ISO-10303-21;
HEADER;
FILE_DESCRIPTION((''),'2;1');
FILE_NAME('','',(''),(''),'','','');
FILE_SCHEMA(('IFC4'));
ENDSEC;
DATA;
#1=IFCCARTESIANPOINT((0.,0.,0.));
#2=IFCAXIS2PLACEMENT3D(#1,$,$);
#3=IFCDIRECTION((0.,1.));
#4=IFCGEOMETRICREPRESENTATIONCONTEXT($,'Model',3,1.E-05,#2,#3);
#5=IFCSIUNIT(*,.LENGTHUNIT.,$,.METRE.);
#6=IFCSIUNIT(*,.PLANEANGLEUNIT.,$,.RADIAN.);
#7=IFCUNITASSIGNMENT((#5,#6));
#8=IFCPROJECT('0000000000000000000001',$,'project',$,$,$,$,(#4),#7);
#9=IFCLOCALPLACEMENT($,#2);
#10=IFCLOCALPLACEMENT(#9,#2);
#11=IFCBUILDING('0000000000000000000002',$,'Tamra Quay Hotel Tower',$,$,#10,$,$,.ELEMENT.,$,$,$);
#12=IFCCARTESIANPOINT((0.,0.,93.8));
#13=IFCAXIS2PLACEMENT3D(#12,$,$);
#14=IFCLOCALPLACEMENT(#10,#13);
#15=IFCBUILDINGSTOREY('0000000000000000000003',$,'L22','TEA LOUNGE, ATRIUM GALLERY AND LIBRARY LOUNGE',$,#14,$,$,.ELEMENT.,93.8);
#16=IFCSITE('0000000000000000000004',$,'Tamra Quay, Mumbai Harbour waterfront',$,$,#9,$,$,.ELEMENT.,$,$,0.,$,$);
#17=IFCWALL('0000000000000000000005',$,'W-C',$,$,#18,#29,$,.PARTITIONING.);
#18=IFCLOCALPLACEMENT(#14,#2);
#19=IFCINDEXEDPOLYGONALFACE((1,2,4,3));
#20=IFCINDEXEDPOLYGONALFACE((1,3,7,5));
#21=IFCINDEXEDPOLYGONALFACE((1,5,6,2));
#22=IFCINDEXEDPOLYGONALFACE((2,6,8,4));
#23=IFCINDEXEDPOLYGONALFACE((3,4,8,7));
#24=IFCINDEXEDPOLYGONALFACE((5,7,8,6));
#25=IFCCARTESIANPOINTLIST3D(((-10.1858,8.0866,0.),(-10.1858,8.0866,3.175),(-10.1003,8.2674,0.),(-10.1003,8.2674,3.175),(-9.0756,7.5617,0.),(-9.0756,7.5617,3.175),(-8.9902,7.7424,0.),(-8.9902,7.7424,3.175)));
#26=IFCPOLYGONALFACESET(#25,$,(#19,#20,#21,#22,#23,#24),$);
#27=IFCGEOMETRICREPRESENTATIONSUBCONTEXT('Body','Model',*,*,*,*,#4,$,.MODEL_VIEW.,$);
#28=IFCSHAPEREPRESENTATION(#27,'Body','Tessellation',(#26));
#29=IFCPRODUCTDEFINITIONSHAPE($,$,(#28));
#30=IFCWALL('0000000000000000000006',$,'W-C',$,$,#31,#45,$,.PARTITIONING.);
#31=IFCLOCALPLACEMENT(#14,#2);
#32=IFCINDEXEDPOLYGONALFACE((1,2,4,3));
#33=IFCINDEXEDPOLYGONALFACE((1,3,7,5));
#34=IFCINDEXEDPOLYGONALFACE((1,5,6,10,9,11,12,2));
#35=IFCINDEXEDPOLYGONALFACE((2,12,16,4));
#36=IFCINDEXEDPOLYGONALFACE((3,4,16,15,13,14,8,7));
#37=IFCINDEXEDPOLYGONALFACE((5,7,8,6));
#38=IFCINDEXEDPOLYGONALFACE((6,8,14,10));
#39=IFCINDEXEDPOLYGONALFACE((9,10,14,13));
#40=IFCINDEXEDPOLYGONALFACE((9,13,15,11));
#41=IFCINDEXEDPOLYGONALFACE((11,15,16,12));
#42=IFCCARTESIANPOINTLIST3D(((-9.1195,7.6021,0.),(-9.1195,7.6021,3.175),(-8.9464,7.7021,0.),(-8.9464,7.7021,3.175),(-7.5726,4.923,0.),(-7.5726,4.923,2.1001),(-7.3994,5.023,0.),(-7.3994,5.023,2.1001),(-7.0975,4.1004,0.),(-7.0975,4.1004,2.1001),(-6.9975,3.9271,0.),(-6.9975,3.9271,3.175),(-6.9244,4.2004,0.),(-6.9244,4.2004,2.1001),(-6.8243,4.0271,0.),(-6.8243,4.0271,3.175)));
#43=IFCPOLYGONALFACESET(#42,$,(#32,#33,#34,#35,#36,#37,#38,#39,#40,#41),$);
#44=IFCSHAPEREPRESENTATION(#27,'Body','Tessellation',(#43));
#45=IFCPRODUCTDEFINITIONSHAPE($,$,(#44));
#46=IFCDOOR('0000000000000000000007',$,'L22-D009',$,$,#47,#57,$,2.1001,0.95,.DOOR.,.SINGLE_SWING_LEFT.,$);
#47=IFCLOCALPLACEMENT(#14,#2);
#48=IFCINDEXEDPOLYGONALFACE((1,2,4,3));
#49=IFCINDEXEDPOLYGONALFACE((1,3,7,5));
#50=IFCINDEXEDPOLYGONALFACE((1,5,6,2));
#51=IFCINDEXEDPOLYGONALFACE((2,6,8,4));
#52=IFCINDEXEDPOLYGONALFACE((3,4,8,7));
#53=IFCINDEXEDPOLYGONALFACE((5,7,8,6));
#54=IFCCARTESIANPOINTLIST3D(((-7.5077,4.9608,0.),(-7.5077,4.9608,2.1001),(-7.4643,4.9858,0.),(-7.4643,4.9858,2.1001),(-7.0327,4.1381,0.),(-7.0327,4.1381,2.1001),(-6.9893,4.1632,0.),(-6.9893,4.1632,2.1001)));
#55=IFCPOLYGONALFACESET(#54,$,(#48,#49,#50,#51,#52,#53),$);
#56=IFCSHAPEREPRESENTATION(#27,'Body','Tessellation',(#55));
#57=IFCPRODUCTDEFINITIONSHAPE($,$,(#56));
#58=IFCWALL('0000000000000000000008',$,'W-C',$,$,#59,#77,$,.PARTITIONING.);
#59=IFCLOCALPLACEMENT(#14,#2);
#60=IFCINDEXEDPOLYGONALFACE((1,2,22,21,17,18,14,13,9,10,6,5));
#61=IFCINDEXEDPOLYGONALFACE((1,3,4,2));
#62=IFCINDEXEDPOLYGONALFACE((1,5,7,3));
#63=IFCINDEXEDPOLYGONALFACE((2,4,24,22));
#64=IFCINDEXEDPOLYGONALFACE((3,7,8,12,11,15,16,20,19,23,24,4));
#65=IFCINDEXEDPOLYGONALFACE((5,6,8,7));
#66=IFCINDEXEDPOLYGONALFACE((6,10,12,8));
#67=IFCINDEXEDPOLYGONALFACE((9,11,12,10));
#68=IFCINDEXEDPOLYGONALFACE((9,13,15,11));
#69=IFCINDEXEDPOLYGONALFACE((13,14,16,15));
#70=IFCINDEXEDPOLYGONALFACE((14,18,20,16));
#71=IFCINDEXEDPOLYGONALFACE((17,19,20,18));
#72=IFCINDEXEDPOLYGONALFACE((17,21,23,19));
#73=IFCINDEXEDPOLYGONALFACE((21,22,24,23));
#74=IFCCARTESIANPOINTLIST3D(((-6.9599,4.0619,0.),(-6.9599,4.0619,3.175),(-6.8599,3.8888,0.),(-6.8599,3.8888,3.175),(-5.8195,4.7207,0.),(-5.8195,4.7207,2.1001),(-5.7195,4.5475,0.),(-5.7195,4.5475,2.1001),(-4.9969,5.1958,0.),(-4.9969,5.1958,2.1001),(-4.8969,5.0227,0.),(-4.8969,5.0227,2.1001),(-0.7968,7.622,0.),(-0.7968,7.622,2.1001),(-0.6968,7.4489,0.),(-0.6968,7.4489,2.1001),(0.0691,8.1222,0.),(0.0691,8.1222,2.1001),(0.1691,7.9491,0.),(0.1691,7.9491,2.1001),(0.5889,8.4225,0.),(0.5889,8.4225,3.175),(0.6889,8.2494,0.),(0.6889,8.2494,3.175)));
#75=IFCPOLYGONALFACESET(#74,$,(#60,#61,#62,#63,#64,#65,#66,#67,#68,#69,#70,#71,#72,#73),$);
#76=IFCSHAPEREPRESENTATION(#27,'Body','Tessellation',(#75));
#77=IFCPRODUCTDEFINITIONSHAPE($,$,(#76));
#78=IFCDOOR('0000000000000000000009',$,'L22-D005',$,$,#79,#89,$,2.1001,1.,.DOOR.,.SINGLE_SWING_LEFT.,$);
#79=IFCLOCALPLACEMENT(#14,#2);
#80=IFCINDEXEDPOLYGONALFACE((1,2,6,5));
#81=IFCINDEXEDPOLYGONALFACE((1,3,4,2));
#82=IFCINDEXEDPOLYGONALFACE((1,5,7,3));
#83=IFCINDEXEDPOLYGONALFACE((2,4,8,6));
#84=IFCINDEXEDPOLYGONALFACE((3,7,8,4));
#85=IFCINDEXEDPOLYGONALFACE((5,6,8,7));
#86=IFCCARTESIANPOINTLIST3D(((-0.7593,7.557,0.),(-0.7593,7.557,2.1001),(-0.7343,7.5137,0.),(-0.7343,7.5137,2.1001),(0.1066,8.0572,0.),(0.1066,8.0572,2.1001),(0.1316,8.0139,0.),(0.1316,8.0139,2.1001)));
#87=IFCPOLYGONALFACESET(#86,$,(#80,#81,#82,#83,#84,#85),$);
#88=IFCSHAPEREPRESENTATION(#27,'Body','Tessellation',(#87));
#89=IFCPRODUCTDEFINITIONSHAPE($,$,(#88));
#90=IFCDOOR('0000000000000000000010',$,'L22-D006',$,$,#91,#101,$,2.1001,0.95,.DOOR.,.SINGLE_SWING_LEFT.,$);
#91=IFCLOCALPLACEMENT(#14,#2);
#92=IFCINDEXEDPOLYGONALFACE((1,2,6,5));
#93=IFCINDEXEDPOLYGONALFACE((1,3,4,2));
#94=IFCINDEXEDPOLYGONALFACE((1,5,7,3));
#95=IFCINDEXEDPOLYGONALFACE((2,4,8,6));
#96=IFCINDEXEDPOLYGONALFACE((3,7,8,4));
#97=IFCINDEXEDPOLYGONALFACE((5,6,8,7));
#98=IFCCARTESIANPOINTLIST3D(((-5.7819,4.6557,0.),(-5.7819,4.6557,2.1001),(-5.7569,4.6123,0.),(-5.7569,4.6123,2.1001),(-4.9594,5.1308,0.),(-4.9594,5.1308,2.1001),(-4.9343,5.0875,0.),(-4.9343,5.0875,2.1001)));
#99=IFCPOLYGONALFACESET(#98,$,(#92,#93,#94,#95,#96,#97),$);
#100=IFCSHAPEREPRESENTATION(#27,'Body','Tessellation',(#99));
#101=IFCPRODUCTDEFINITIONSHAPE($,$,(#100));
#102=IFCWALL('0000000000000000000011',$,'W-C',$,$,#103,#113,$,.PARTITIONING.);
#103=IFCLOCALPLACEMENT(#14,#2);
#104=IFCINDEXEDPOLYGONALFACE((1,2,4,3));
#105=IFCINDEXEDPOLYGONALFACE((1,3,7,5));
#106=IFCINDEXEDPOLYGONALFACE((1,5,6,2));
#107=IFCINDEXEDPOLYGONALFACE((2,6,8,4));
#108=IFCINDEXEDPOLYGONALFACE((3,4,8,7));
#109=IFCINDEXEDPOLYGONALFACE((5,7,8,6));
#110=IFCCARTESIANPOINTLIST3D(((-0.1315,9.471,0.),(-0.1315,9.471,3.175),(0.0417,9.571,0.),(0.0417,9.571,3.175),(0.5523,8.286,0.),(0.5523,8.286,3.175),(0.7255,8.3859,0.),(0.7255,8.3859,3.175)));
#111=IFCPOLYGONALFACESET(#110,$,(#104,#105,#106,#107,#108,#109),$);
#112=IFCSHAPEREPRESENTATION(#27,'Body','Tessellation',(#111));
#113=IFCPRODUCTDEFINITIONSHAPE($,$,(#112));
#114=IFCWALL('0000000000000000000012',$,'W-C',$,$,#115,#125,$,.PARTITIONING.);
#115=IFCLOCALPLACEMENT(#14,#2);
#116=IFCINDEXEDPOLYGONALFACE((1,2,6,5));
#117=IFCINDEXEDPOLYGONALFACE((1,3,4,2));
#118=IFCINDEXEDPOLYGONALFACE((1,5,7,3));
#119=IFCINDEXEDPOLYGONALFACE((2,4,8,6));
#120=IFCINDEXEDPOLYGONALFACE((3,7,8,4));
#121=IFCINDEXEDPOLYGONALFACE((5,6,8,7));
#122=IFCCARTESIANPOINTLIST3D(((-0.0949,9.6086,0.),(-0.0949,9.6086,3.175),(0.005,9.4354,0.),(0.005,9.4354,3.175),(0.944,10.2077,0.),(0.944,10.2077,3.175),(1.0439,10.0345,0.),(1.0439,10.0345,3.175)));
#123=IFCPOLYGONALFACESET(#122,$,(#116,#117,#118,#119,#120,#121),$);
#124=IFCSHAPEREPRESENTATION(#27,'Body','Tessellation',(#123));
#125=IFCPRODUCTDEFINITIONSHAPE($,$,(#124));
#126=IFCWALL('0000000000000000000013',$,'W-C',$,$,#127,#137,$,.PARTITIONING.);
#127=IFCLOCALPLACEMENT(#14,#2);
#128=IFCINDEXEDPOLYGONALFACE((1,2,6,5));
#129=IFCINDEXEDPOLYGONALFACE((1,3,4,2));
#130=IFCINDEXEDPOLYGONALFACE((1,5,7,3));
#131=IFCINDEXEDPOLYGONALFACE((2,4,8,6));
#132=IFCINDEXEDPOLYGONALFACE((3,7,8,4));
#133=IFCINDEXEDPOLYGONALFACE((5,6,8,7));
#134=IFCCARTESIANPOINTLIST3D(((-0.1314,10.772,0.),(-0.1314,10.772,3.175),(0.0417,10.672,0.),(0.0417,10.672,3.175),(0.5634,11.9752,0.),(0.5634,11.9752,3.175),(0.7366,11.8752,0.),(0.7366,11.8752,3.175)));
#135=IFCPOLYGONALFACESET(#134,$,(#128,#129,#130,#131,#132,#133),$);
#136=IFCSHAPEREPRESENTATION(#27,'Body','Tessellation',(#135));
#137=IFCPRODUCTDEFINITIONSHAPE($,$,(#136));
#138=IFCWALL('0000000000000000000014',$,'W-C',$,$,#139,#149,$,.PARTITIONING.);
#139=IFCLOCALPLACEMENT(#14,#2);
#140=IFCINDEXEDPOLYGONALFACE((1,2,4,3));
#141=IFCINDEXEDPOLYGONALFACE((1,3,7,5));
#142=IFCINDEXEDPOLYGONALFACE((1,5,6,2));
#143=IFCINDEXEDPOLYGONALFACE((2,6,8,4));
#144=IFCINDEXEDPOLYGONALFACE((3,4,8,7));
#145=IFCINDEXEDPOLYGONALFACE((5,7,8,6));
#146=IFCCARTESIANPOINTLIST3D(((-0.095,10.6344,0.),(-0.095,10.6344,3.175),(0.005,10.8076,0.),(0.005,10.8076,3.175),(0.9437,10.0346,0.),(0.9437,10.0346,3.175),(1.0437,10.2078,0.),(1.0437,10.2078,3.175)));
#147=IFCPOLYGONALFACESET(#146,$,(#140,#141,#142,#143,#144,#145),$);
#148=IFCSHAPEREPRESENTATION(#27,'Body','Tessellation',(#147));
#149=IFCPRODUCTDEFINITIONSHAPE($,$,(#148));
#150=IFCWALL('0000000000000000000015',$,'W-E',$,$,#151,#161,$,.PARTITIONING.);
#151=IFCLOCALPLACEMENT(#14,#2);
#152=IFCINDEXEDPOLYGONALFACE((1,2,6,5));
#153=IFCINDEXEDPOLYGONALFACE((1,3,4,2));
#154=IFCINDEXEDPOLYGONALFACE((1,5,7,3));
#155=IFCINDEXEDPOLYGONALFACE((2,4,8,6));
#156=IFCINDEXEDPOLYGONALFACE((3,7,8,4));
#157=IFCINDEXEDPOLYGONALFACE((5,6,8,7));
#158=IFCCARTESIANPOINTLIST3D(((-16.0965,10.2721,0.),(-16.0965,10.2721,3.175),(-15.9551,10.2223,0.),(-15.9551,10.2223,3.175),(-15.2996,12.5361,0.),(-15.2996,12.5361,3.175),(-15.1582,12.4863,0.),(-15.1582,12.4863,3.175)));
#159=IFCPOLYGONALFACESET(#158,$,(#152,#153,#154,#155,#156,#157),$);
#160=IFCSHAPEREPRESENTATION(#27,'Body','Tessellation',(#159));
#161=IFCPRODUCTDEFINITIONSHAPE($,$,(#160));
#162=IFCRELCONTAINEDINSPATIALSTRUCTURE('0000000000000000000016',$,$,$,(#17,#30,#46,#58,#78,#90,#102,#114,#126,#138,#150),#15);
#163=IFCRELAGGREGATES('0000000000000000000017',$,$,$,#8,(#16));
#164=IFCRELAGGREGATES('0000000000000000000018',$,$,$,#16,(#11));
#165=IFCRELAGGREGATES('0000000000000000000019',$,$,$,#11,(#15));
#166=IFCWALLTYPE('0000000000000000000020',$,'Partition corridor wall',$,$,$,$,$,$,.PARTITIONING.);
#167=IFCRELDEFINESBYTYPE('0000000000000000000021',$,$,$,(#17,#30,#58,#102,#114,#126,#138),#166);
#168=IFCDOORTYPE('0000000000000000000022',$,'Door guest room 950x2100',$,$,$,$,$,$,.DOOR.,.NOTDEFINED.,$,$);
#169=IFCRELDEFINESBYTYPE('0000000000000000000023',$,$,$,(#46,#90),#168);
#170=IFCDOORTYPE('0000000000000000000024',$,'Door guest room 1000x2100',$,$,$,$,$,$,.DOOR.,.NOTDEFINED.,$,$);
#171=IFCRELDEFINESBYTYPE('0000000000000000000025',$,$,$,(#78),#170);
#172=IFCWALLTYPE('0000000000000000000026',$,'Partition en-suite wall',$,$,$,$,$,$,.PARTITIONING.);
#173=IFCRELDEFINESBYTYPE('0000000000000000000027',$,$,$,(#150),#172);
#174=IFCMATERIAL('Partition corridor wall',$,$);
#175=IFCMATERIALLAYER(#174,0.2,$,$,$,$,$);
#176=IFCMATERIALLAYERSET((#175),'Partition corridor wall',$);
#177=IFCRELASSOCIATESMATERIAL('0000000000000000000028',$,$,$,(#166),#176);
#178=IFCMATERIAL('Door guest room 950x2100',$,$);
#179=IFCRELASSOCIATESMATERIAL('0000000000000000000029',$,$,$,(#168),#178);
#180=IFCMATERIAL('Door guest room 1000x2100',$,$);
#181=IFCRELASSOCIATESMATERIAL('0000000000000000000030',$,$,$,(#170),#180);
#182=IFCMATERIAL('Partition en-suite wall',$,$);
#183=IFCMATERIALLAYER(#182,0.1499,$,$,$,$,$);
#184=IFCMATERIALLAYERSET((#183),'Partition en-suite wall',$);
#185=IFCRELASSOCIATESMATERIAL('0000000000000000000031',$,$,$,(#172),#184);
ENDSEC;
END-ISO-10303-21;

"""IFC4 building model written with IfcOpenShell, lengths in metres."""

from ifc_helpers import new_model, si_unit, direction, frame, frame_2d, origin, place, context, subcontext, project, spatial, rectangle, extrude, material, layer, layer_set, type_object, element, fill, save


model = new_model("IFC4")

# Units and contexts
model_context = context("Model", 3, precision=1e-05, world=origin(), true_north=direction((0.0, 1.0)))
body_context = subcontext(model_context, "Body", "Model", "MODEL_VIEW")
ifc_project = project(units=[si_unit("LENGTHUNIT", "METRE"), si_unit("PLANEANGLEUNIT", "RADIAN")], contexts=[model_context])

# Site, building, storey
site_placement = place(None, origin())
site = spatial("IfcSite", under=ifc_project, at=site_placement, Name="Tamra Quay, Mumbai Harbour waterfront", CompositionType="ELEMENT", RefElevation=0.0)
building_placement = place(site_placement, origin())
building = spatial("IfcBuilding", under=site, at=building_placement, Name="Tamra Quay Hotel Tower", CompositionType="ELEMENT")
storey_placement = place(building_placement, frame((0.0, 0.0, 93.8)))
storey = spatial("IfcBuildingStorey", under=building, at=storey_placement, Name="L22", Description="TEA LOUNGE, ATRIUM GALLERY AND LIBRARY LOUNGE", CompositionType="ELEMENT", Elevation=93.8)

# Wall
ifc_material_1 = material(Name="Partition corridor wall")
ifc_layer_1 = layer(ifc_material_1, 0.2)
ifc_layer_set_1 = layer_set([ifc_layer_1], Name="Partition corridor wall")
wall_type_1 = type_object("IfcWallType", Name="Partition corridor wall", PredefinedType="PARTITIONING", material=ifc_layer_set_1)
wall_1_placement = place(storey_placement, frame((-10.1431, 8.177, 0.0), z_axis=(0.0, 0.0, 1.0), x_axis=(0.904033, -0.427462, 0.0)))
element("IfcWall", 1, at=wall_1_placement, inside=storey, type_object=wall_type_1, Name="W-C", PredefinedType="PARTITIONING", context=body_context, shape_type="SweptSolid", body=[
    extrude(rectangle(XDim=1.228, YDim=0.2, at=frame_2d((0.614, 0.0))), origin(), (0.0, 0.0, 1.0), 3.175),
])

# Wall, opening, door
wall_2_placement = place(storey_placement, frame((-9.033, 7.6521, 0.0), z_axis=(0.0, 0.0, 1.0), x_axis=(0.500049, -0.865997, 0.0)))
wall_2 = element("IfcWall", 2, at=wall_2_placement, inside=storey, type_object=wall_type_1, Name="W-C", PredefinedType="PARTITIONING", context=body_context, shape_type="SweptSolid", body=[
    extrude(rectangle(XDim=4.2437, YDim=0.2, at=frame_2d((2.1218, 0.0))), origin(), (0.0, 0.0, 1.0), 3.175),
])
opening_1_placement = place(wall_2_placement, frame((3.0935, 0.0, 0.0)))
opening_1 = element("IfcOpeningElement", 3, at=opening_1_placement, cuts=wall_2, PredefinedType="OPENING", context=body_context, shape_type="SweptSolid", body=[
    extrude(rectangle(XDim=0.95, YDim=2.1001, at=frame_2d((0.4751, 1.05))), frame((0.0, 0.1099, 0.0), z_axis=(0.0, -1.0, 0.0), x_axis=(1.0, 0.0, 0.0)), (0.0, 0.0, 1.0), 0.22),
])
ifc_material_2 = material(Name="Door guest room 950x2100")
door_type_1 = type_object("IfcDoorType", Name="Door guest room 950x2100", OperationType="NOTDEFINED", PredefinedType="DOOR", material=ifc_material_2)
door_1_placement = place(opening_1_placement, frame((0.95, 0.0, 0.0), z_axis=(0.0, 0.0, 1.0), x_axis=(-1.0, 0.0, 0.0)))
door_1 = element("IfcDoor", 4, at=door_1_placement, inside=storey, type_object=door_type_1, Name="L22-D009", OperationType="SINGLE_SWING_LEFT", OverallHeight=2.1001, OverallWidth=0.95, PredefinedType="DOOR", context=body_context, shape_type="SweptSolid", body=[
    extrude(rectangle(XDim=0.95, YDim=2.1001, at=frame_2d((0.4751, 1.05))), frame((0.0, 0.0249, 0.0), z_axis=(0.0, -1.0, 0.0), x_axis=(1.0, 0.0, 0.0)), (0.0, 0.0, 1.0), 0.05),
])
fill(opening_1, door_1)

# Wall, openings, doors
wall_3_placement = place(storey_placement, frame((-6.9099, 3.9753, 0.0), z_axis=(0.0, 0.0, 1.0), x_axis=(0.865912, 0.500196, 0.0)))
wall_3 = element("IfcWall", 5, at=wall_3_placement, inside=storey, type_object=wall_type_1, Name="W-C", PredefinedType="PARTITIONING", context=body_context, shape_type="SweptSolid", body=[
    extrude(rectangle(XDim=8.7178, YDim=0.2, at=frame_2d((4.3589, 0.0))), origin(), (0.0, 0.0, 1.0), 3.175),
])
opening_2_placement = place(wall_3_placement, frame((7.1174, 0.0, 0.0)))
opening_2 = element("IfcOpeningElement", 6, at=opening_2_placement, cuts=wall_3, PredefinedType="OPENING", context=body_context, shape_type="SweptSolid", body=[
    extrude(rectangle(XDim=1.0, YDim=2.1001, at=frame_2d((0.5, 1.05))), frame((0.0, 0.1099, 0.0), z_axis=(0.0, -1.0, 0.0), x_axis=(1.0, 0.0, 0.0)), (0.0, 0.0, 1.0), 0.22),
])
opening_3_placement = place(wall_3_placement, frame((1.3169, 0.0, 0.0)))
opening_3 = element("IfcOpeningElement", 7, at=opening_3_placement, cuts=wall_3, PredefinedType="OPENING", context=body_context, shape_type="SweptSolid", body=[
    extrude(rectangle(XDim=0.95, YDim=2.1001, at=frame_2d((0.4751, 1.05))), frame((0.0, 0.1099, 0.0), z_axis=(0.0, -1.0, 0.0), x_axis=(1.0, 0.0, 0.0)), (0.0, 0.0, 1.0), 0.22),
])
ifc_material_3 = material(Name="Door guest room 1000x2100")
door_type_2 = type_object("IfcDoorType", Name="Door guest room 1000x2100", OperationType="NOTDEFINED", PredefinedType="DOOR", material=ifc_material_3)
door_2_placement = place(opening_2_placement, origin())
door_2 = element("IfcDoor", 8, at=door_2_placement, inside=storey, type_object=door_type_2, Name="L22-D005", OperationType="SINGLE_SWING_LEFT", OverallHeight=2.1001, OverallWidth=1.0, PredefinedType="DOOR", context=body_context, shape_type="SweptSolid", body=[
    extrude(rectangle(XDim=1.0, YDim=2.1001, at=frame_2d((0.5, 1.05))), frame((0.0, 0.0249, 0.0), z_axis=(0.0, -1.0, 0.0), x_axis=(1.0, 0.0, 0.0)), (0.0, 0.0, 1.0), 0.05),
])
fill(opening_2, door_2)
door_3_placement = place(opening_3_placement, origin())
door_3 = element("IfcDoor", 9, at=door_3_placement, inside=storey, type_object=door_type_1, Name="L22-D006", OperationType="SINGLE_SWING_LEFT", OverallHeight=2.1001, OverallWidth=0.95, PredefinedType="DOOR", context=body_context, shape_type="SweptSolid", body=[
    extrude(rectangle(XDim=0.95, YDim=2.1001, at=frame_2d((0.4751, 1.05))), frame((0.0, 0.0249, 0.0), z_axis=(0.0, -1.0, 0.0), x_axis=(1.0, 0.0, 0.0)), (0.0, 0.0, 1.0), 0.05),
])
fill(opening_3, door_3)

# Walls
wall_4_placement = place(storey_placement, frame((-0.0449, 9.521, 0.0), z_axis=(0.0, 0.0, 1.0), x_axis=(0.499805, -0.866138, 0.0)))
element("IfcWall", 10, at=wall_4_placement, inside=storey, type_object=wall_type_1, Name="W-C", PredefinedType="PARTITIONING", context=body_context, shape_type="SweptSolid", body=[
    extrude(rectangle(XDim=1.3682, YDim=0.2, at=frame_2d((0.6841, 0.0))), origin(), (0.0, 0.0, 1.0), 3.175),
])
wall_5_placement = place(storey_placement, frame((-0.0449, 9.522, 0.0), z_axis=(0.0, 0.0, 1.0), x_axis=(0.866257, 0.499599, 0.0)))
element("IfcWall", 11, at=wall_5_placement, inside=storey, type_object=wall_type_1, Name="W-C", PredefinedType="PARTITIONING", context=body_context, shape_type="SweptSolid", body=[
    extrude(rectangle(XDim=1.1992, YDim=0.2, at=frame_2d((0.5996, 0.0))), origin(), (0.0, 0.0, 1.0), 3.175),
])
wall_6_placement = place(storey_placement, frame((-0.0449, 10.7219, 0.0), z_axis=(0.0, 0.0, 1.0), x_axis=(0.500108, 0.865963, 0.0)))
element("IfcWall", 12, at=wall_6_placement, inside=storey, type_object=wall_type_1, Name="W-C", PredefinedType="PARTITIONING", context=body_context, shape_type="SweptSolid", body=[
    extrude(rectangle(XDim=1.3894, YDim=0.2, at=frame_2d((0.6948, 0.0))), origin(), (0.0, 0.0, 1.0), 3.175),
])
wall_7_placement = place(storey_placement, frame((-0.0449, 10.7209, 0.0), z_axis=(0.0, 0.0, 1.0), x_axis=(0.865992, -0.500057, 0.0)))
element("IfcWall", 13, at=wall_7_placement, inside=storey, type_object=wall_type_1, Name="W-C", PredefinedType="PARTITIONING", context=body_context, shape_type="SweptSolid", body=[
    extrude(rectangle(XDim=1.1995, YDim=0.2, at=frame_2d((0.5996, 0.0))), origin(), (0.0, 0.0, 1.0), 3.175),
])
ifc_material_4 = material(Name="Partition en-suite wall")
ifc_layer_2 = layer(ifc_material_4, 0.1499)
ifc_layer_set_2 = layer_set([ifc_layer_2], Name="Partition en-suite wall")
wall_type_2 = type_object("IfcWallType", Name="Partition en-suite wall", PredefinedType="PARTITIONING", material=ifc_layer_set_2)
wall_8_placement = place(storey_placement, frame((-16.0259, 10.2471, 0.0), z_axis=(0.0, 0.0, 1.0), x_axis=(0.332022, 0.943272, 0.0)))
element("IfcWall", 14, at=wall_8_placement, inside=storey, type_object=wall_type_2, Name="W-E", PredefinedType="PARTITIONING", context=body_context, shape_type="SweptSolid", body=[
    extrude(rectangle(XDim=2.4001, YDim=0.1499, at=frame_2d((1.2002, 0.0))), origin(), (0.0, 0.0, 1.0), 3.175),
])

save(model, "model.ifc")
